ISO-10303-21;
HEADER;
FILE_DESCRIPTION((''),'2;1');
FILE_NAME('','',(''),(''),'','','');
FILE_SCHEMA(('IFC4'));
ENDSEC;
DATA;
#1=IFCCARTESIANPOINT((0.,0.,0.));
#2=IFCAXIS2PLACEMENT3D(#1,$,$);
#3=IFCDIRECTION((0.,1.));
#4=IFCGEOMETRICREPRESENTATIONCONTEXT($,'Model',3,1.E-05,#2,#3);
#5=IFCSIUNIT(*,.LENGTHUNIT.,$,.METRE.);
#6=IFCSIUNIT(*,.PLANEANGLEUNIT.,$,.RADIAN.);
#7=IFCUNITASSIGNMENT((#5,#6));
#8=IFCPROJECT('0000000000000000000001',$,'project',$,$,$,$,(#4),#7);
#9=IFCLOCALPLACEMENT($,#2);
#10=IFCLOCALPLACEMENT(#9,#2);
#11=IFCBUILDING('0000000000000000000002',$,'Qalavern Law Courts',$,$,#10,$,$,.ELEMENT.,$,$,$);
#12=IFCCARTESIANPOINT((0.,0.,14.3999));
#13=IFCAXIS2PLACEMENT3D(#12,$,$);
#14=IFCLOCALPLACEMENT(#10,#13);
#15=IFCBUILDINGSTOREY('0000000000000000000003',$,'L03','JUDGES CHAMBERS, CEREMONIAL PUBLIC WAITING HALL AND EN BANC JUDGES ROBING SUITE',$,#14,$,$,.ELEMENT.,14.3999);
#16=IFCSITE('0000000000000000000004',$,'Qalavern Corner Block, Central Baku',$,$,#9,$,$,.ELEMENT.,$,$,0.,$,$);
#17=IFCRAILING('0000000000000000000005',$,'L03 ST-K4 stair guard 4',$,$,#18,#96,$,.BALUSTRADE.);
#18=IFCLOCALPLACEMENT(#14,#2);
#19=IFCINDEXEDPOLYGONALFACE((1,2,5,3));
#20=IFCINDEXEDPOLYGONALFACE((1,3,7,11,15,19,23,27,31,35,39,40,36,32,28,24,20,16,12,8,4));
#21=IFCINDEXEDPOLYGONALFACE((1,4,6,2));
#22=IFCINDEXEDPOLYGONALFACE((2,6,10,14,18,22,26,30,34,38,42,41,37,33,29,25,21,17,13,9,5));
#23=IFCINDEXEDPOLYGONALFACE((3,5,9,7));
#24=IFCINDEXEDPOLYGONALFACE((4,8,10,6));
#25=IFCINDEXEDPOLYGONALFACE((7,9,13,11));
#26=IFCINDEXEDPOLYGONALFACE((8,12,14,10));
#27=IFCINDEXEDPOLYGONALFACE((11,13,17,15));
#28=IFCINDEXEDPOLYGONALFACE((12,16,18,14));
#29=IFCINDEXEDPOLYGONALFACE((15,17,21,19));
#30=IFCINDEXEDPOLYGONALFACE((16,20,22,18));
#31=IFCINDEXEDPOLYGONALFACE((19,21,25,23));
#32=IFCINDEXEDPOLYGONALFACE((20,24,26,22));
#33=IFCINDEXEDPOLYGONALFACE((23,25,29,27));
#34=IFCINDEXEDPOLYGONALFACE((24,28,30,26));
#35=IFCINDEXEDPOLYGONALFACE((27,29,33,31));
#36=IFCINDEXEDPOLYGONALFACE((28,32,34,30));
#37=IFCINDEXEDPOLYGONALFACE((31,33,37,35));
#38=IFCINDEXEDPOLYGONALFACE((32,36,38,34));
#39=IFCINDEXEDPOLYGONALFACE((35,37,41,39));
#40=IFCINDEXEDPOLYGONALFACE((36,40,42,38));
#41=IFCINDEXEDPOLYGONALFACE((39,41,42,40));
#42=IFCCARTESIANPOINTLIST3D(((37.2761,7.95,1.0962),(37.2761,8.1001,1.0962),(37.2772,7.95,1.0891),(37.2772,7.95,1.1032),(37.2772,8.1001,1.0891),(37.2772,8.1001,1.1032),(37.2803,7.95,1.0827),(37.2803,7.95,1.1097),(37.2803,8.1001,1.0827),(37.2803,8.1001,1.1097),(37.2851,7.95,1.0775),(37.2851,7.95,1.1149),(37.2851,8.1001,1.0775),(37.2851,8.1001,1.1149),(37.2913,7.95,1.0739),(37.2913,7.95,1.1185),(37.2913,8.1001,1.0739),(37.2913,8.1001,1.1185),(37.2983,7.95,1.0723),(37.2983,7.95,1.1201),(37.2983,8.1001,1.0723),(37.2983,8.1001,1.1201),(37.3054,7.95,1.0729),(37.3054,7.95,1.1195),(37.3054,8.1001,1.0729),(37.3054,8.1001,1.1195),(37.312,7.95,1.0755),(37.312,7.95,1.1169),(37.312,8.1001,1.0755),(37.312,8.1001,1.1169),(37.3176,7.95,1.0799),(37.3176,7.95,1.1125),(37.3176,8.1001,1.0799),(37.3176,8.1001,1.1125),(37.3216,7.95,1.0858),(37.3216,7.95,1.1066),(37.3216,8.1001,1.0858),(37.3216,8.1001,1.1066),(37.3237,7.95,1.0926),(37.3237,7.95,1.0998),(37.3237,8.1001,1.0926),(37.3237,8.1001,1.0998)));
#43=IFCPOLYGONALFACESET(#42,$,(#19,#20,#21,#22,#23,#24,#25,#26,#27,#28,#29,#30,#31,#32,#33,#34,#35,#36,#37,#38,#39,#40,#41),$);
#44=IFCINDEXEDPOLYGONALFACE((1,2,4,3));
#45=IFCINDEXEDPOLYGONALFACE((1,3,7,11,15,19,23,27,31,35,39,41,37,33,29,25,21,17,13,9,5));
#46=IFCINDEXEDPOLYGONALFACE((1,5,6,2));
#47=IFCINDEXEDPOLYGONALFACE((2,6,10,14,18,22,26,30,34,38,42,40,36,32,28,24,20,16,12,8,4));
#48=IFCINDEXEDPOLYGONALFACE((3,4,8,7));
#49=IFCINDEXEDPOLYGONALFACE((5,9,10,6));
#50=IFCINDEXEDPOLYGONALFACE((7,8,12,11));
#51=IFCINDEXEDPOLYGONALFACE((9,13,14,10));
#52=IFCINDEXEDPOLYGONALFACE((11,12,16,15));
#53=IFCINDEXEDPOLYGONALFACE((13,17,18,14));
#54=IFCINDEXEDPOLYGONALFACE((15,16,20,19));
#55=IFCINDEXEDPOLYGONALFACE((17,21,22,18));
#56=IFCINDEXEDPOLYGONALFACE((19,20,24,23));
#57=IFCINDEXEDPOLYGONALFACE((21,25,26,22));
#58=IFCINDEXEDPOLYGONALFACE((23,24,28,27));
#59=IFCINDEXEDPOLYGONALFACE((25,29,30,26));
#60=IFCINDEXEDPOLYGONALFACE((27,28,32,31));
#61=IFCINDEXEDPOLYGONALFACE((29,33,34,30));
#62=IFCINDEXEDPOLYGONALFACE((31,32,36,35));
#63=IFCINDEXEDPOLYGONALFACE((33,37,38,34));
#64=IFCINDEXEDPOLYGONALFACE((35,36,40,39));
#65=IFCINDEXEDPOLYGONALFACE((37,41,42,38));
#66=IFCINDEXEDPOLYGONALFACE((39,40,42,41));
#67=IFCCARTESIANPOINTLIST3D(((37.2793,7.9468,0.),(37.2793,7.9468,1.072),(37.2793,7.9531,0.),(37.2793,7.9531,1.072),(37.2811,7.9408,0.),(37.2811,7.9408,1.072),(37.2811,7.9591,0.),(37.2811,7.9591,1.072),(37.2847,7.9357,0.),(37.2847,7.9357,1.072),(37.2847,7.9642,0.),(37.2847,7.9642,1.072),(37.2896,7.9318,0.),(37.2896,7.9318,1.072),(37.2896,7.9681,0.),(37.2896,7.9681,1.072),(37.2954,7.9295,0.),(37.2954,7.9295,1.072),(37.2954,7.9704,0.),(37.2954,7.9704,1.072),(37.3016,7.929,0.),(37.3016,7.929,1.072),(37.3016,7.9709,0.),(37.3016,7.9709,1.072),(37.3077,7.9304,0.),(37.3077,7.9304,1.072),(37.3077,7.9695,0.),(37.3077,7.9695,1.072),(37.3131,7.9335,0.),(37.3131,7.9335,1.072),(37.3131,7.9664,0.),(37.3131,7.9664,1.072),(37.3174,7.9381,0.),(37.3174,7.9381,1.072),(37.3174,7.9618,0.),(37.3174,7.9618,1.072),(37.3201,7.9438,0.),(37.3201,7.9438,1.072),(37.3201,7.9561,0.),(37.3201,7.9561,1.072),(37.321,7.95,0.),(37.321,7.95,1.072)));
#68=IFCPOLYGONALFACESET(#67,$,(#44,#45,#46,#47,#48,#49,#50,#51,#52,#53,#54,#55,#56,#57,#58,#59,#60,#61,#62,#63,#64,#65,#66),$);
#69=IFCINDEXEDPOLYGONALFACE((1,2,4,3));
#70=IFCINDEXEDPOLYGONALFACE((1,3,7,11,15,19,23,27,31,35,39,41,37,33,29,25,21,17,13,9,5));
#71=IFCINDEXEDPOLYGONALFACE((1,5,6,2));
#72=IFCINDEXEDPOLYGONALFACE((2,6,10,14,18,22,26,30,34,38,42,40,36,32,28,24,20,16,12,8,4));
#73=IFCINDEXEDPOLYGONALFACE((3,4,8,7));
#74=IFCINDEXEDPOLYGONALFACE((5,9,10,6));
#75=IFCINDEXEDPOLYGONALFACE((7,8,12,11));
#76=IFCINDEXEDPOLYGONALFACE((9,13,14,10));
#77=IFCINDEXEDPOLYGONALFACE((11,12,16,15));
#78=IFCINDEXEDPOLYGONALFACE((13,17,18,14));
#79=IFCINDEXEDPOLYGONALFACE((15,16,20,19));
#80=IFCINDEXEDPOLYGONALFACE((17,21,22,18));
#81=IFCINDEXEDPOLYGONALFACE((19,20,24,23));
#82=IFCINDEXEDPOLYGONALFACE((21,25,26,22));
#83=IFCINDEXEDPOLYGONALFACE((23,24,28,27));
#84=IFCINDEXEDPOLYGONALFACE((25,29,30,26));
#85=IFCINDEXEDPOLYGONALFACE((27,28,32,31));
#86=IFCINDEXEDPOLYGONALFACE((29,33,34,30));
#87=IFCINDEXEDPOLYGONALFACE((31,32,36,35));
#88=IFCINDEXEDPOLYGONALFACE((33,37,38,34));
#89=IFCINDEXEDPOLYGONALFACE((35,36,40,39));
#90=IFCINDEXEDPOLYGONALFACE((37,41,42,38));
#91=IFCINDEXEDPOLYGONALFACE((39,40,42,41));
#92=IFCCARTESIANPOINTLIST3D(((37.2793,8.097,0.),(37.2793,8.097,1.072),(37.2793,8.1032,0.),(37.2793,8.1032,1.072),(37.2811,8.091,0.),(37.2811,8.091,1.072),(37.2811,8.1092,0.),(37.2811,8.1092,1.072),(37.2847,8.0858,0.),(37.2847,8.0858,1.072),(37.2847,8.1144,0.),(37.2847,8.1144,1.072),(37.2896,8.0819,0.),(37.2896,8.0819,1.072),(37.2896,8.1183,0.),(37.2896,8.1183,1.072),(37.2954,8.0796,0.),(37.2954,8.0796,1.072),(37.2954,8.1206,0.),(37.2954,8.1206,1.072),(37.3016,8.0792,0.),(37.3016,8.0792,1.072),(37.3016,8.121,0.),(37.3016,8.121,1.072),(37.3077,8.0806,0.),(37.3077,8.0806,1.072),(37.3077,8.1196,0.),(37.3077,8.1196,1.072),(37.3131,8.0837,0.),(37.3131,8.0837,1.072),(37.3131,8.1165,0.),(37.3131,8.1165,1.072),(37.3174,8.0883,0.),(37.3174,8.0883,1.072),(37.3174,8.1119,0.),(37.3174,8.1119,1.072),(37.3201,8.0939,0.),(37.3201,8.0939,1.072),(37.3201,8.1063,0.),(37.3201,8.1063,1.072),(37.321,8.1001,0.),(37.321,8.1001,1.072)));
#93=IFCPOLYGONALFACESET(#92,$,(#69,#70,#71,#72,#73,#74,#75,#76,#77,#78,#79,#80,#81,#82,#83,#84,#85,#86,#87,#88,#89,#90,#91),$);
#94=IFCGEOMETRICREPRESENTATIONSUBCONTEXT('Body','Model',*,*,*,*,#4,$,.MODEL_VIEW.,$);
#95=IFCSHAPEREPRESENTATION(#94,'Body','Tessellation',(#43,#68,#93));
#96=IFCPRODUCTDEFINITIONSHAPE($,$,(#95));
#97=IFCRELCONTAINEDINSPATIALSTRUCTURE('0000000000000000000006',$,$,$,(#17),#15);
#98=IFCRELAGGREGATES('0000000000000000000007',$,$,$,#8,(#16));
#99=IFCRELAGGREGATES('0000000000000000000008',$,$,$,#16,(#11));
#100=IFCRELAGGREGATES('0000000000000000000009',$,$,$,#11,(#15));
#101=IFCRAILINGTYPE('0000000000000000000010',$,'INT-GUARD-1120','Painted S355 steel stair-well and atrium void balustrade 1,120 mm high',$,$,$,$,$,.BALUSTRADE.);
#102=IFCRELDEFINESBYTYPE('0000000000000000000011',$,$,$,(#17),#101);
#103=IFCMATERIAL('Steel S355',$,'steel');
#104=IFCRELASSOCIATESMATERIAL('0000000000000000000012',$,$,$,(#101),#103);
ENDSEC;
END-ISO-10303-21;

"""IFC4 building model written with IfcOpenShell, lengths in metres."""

from ifc_helpers import new_model, si_unit, direction, frame, origin, origin_2d, place, context, subcontext, project, spatial, circle, extrude, material, type_object, element, save


model = new_model("IFC4")

# Units and contexts
model_context = context("Model", 3, precision=1e-05, world=origin(), true_north=direction((0.0, 1.0)))
body_context = subcontext(model_context, "Body", "Model", "MODEL_VIEW")
ifc_project = project(units=[si_unit("LENGTHUNIT", "METRE"), si_unit("PLANEANGLEUNIT", "RADIAN")], contexts=[model_context])

# Site, building, storey
site_placement = place(None, origin())
site = spatial("IfcSite", under=ifc_project, at=site_placement, Name="Qalavern Corner Block, Central Baku", CompositionType="ELEMENT", RefElevation=0.0)
building_placement = place(site_placement, origin())
building = spatial("IfcBuilding", under=site, at=building_placement, Name="Qalavern Law Courts", CompositionType="ELEMENT")
storey_placement = place(building_placement, frame((0.0, 0.0, 14.3999)))
storey = spatial("IfcBuildingStorey", under=building, at=storey_placement, Name="L03", Description="JUDGES CHAMBERS, CEREMONIAL PUBLIC WAITING HALL AND EN BANC JUDGES ROBING SUITE", CompositionType="ELEMENT", Elevation=14.3999)

# Shared definitions
ifc_material_1 = material(Name="Steel S355", Category="steel")

# Railing
railing_type_1 = type_object("IfcRailingType", Name="INT-GUARD-1120", Description="Painted S355 steel stair-well and atrium void balustrade 1,120 mm high", PredefinedType="BALUSTRADE", material=ifc_material_1)
railing_1_placement = place(storey_placement, frame((37.3, 7.95, 0.0)))
element("IfcRailing", 1, at=railing_1_placement, inside=storey, type_object=railing_type_1, Name="L03 ST-K4 stair guard 4", PredefinedType="BALUSTRADE", context=body_context, shape_type="SweptSolid", body=[
    extrude(circle(Radius=0.0239, at=origin_2d()), frame((0.0, 0.0, 1.0962), z_axis=(0.0, 1.0, 0.0), x_axis=(-1.0, 0.0, 0.0)), (0.0, 0.0, 1.0), 0.1501),
    extrude(circle(Radius=0.021, at=origin_2d()), origin(), (0.0, 0.0, 1.0), 1.072),
    extrude(circle(Radius=0.021, at=origin_2d()), frame((0.0, 0.1501, 0.0)), (0.0, 0.0, 1.0), 1.072),
])

save(model, "model.ifc")
